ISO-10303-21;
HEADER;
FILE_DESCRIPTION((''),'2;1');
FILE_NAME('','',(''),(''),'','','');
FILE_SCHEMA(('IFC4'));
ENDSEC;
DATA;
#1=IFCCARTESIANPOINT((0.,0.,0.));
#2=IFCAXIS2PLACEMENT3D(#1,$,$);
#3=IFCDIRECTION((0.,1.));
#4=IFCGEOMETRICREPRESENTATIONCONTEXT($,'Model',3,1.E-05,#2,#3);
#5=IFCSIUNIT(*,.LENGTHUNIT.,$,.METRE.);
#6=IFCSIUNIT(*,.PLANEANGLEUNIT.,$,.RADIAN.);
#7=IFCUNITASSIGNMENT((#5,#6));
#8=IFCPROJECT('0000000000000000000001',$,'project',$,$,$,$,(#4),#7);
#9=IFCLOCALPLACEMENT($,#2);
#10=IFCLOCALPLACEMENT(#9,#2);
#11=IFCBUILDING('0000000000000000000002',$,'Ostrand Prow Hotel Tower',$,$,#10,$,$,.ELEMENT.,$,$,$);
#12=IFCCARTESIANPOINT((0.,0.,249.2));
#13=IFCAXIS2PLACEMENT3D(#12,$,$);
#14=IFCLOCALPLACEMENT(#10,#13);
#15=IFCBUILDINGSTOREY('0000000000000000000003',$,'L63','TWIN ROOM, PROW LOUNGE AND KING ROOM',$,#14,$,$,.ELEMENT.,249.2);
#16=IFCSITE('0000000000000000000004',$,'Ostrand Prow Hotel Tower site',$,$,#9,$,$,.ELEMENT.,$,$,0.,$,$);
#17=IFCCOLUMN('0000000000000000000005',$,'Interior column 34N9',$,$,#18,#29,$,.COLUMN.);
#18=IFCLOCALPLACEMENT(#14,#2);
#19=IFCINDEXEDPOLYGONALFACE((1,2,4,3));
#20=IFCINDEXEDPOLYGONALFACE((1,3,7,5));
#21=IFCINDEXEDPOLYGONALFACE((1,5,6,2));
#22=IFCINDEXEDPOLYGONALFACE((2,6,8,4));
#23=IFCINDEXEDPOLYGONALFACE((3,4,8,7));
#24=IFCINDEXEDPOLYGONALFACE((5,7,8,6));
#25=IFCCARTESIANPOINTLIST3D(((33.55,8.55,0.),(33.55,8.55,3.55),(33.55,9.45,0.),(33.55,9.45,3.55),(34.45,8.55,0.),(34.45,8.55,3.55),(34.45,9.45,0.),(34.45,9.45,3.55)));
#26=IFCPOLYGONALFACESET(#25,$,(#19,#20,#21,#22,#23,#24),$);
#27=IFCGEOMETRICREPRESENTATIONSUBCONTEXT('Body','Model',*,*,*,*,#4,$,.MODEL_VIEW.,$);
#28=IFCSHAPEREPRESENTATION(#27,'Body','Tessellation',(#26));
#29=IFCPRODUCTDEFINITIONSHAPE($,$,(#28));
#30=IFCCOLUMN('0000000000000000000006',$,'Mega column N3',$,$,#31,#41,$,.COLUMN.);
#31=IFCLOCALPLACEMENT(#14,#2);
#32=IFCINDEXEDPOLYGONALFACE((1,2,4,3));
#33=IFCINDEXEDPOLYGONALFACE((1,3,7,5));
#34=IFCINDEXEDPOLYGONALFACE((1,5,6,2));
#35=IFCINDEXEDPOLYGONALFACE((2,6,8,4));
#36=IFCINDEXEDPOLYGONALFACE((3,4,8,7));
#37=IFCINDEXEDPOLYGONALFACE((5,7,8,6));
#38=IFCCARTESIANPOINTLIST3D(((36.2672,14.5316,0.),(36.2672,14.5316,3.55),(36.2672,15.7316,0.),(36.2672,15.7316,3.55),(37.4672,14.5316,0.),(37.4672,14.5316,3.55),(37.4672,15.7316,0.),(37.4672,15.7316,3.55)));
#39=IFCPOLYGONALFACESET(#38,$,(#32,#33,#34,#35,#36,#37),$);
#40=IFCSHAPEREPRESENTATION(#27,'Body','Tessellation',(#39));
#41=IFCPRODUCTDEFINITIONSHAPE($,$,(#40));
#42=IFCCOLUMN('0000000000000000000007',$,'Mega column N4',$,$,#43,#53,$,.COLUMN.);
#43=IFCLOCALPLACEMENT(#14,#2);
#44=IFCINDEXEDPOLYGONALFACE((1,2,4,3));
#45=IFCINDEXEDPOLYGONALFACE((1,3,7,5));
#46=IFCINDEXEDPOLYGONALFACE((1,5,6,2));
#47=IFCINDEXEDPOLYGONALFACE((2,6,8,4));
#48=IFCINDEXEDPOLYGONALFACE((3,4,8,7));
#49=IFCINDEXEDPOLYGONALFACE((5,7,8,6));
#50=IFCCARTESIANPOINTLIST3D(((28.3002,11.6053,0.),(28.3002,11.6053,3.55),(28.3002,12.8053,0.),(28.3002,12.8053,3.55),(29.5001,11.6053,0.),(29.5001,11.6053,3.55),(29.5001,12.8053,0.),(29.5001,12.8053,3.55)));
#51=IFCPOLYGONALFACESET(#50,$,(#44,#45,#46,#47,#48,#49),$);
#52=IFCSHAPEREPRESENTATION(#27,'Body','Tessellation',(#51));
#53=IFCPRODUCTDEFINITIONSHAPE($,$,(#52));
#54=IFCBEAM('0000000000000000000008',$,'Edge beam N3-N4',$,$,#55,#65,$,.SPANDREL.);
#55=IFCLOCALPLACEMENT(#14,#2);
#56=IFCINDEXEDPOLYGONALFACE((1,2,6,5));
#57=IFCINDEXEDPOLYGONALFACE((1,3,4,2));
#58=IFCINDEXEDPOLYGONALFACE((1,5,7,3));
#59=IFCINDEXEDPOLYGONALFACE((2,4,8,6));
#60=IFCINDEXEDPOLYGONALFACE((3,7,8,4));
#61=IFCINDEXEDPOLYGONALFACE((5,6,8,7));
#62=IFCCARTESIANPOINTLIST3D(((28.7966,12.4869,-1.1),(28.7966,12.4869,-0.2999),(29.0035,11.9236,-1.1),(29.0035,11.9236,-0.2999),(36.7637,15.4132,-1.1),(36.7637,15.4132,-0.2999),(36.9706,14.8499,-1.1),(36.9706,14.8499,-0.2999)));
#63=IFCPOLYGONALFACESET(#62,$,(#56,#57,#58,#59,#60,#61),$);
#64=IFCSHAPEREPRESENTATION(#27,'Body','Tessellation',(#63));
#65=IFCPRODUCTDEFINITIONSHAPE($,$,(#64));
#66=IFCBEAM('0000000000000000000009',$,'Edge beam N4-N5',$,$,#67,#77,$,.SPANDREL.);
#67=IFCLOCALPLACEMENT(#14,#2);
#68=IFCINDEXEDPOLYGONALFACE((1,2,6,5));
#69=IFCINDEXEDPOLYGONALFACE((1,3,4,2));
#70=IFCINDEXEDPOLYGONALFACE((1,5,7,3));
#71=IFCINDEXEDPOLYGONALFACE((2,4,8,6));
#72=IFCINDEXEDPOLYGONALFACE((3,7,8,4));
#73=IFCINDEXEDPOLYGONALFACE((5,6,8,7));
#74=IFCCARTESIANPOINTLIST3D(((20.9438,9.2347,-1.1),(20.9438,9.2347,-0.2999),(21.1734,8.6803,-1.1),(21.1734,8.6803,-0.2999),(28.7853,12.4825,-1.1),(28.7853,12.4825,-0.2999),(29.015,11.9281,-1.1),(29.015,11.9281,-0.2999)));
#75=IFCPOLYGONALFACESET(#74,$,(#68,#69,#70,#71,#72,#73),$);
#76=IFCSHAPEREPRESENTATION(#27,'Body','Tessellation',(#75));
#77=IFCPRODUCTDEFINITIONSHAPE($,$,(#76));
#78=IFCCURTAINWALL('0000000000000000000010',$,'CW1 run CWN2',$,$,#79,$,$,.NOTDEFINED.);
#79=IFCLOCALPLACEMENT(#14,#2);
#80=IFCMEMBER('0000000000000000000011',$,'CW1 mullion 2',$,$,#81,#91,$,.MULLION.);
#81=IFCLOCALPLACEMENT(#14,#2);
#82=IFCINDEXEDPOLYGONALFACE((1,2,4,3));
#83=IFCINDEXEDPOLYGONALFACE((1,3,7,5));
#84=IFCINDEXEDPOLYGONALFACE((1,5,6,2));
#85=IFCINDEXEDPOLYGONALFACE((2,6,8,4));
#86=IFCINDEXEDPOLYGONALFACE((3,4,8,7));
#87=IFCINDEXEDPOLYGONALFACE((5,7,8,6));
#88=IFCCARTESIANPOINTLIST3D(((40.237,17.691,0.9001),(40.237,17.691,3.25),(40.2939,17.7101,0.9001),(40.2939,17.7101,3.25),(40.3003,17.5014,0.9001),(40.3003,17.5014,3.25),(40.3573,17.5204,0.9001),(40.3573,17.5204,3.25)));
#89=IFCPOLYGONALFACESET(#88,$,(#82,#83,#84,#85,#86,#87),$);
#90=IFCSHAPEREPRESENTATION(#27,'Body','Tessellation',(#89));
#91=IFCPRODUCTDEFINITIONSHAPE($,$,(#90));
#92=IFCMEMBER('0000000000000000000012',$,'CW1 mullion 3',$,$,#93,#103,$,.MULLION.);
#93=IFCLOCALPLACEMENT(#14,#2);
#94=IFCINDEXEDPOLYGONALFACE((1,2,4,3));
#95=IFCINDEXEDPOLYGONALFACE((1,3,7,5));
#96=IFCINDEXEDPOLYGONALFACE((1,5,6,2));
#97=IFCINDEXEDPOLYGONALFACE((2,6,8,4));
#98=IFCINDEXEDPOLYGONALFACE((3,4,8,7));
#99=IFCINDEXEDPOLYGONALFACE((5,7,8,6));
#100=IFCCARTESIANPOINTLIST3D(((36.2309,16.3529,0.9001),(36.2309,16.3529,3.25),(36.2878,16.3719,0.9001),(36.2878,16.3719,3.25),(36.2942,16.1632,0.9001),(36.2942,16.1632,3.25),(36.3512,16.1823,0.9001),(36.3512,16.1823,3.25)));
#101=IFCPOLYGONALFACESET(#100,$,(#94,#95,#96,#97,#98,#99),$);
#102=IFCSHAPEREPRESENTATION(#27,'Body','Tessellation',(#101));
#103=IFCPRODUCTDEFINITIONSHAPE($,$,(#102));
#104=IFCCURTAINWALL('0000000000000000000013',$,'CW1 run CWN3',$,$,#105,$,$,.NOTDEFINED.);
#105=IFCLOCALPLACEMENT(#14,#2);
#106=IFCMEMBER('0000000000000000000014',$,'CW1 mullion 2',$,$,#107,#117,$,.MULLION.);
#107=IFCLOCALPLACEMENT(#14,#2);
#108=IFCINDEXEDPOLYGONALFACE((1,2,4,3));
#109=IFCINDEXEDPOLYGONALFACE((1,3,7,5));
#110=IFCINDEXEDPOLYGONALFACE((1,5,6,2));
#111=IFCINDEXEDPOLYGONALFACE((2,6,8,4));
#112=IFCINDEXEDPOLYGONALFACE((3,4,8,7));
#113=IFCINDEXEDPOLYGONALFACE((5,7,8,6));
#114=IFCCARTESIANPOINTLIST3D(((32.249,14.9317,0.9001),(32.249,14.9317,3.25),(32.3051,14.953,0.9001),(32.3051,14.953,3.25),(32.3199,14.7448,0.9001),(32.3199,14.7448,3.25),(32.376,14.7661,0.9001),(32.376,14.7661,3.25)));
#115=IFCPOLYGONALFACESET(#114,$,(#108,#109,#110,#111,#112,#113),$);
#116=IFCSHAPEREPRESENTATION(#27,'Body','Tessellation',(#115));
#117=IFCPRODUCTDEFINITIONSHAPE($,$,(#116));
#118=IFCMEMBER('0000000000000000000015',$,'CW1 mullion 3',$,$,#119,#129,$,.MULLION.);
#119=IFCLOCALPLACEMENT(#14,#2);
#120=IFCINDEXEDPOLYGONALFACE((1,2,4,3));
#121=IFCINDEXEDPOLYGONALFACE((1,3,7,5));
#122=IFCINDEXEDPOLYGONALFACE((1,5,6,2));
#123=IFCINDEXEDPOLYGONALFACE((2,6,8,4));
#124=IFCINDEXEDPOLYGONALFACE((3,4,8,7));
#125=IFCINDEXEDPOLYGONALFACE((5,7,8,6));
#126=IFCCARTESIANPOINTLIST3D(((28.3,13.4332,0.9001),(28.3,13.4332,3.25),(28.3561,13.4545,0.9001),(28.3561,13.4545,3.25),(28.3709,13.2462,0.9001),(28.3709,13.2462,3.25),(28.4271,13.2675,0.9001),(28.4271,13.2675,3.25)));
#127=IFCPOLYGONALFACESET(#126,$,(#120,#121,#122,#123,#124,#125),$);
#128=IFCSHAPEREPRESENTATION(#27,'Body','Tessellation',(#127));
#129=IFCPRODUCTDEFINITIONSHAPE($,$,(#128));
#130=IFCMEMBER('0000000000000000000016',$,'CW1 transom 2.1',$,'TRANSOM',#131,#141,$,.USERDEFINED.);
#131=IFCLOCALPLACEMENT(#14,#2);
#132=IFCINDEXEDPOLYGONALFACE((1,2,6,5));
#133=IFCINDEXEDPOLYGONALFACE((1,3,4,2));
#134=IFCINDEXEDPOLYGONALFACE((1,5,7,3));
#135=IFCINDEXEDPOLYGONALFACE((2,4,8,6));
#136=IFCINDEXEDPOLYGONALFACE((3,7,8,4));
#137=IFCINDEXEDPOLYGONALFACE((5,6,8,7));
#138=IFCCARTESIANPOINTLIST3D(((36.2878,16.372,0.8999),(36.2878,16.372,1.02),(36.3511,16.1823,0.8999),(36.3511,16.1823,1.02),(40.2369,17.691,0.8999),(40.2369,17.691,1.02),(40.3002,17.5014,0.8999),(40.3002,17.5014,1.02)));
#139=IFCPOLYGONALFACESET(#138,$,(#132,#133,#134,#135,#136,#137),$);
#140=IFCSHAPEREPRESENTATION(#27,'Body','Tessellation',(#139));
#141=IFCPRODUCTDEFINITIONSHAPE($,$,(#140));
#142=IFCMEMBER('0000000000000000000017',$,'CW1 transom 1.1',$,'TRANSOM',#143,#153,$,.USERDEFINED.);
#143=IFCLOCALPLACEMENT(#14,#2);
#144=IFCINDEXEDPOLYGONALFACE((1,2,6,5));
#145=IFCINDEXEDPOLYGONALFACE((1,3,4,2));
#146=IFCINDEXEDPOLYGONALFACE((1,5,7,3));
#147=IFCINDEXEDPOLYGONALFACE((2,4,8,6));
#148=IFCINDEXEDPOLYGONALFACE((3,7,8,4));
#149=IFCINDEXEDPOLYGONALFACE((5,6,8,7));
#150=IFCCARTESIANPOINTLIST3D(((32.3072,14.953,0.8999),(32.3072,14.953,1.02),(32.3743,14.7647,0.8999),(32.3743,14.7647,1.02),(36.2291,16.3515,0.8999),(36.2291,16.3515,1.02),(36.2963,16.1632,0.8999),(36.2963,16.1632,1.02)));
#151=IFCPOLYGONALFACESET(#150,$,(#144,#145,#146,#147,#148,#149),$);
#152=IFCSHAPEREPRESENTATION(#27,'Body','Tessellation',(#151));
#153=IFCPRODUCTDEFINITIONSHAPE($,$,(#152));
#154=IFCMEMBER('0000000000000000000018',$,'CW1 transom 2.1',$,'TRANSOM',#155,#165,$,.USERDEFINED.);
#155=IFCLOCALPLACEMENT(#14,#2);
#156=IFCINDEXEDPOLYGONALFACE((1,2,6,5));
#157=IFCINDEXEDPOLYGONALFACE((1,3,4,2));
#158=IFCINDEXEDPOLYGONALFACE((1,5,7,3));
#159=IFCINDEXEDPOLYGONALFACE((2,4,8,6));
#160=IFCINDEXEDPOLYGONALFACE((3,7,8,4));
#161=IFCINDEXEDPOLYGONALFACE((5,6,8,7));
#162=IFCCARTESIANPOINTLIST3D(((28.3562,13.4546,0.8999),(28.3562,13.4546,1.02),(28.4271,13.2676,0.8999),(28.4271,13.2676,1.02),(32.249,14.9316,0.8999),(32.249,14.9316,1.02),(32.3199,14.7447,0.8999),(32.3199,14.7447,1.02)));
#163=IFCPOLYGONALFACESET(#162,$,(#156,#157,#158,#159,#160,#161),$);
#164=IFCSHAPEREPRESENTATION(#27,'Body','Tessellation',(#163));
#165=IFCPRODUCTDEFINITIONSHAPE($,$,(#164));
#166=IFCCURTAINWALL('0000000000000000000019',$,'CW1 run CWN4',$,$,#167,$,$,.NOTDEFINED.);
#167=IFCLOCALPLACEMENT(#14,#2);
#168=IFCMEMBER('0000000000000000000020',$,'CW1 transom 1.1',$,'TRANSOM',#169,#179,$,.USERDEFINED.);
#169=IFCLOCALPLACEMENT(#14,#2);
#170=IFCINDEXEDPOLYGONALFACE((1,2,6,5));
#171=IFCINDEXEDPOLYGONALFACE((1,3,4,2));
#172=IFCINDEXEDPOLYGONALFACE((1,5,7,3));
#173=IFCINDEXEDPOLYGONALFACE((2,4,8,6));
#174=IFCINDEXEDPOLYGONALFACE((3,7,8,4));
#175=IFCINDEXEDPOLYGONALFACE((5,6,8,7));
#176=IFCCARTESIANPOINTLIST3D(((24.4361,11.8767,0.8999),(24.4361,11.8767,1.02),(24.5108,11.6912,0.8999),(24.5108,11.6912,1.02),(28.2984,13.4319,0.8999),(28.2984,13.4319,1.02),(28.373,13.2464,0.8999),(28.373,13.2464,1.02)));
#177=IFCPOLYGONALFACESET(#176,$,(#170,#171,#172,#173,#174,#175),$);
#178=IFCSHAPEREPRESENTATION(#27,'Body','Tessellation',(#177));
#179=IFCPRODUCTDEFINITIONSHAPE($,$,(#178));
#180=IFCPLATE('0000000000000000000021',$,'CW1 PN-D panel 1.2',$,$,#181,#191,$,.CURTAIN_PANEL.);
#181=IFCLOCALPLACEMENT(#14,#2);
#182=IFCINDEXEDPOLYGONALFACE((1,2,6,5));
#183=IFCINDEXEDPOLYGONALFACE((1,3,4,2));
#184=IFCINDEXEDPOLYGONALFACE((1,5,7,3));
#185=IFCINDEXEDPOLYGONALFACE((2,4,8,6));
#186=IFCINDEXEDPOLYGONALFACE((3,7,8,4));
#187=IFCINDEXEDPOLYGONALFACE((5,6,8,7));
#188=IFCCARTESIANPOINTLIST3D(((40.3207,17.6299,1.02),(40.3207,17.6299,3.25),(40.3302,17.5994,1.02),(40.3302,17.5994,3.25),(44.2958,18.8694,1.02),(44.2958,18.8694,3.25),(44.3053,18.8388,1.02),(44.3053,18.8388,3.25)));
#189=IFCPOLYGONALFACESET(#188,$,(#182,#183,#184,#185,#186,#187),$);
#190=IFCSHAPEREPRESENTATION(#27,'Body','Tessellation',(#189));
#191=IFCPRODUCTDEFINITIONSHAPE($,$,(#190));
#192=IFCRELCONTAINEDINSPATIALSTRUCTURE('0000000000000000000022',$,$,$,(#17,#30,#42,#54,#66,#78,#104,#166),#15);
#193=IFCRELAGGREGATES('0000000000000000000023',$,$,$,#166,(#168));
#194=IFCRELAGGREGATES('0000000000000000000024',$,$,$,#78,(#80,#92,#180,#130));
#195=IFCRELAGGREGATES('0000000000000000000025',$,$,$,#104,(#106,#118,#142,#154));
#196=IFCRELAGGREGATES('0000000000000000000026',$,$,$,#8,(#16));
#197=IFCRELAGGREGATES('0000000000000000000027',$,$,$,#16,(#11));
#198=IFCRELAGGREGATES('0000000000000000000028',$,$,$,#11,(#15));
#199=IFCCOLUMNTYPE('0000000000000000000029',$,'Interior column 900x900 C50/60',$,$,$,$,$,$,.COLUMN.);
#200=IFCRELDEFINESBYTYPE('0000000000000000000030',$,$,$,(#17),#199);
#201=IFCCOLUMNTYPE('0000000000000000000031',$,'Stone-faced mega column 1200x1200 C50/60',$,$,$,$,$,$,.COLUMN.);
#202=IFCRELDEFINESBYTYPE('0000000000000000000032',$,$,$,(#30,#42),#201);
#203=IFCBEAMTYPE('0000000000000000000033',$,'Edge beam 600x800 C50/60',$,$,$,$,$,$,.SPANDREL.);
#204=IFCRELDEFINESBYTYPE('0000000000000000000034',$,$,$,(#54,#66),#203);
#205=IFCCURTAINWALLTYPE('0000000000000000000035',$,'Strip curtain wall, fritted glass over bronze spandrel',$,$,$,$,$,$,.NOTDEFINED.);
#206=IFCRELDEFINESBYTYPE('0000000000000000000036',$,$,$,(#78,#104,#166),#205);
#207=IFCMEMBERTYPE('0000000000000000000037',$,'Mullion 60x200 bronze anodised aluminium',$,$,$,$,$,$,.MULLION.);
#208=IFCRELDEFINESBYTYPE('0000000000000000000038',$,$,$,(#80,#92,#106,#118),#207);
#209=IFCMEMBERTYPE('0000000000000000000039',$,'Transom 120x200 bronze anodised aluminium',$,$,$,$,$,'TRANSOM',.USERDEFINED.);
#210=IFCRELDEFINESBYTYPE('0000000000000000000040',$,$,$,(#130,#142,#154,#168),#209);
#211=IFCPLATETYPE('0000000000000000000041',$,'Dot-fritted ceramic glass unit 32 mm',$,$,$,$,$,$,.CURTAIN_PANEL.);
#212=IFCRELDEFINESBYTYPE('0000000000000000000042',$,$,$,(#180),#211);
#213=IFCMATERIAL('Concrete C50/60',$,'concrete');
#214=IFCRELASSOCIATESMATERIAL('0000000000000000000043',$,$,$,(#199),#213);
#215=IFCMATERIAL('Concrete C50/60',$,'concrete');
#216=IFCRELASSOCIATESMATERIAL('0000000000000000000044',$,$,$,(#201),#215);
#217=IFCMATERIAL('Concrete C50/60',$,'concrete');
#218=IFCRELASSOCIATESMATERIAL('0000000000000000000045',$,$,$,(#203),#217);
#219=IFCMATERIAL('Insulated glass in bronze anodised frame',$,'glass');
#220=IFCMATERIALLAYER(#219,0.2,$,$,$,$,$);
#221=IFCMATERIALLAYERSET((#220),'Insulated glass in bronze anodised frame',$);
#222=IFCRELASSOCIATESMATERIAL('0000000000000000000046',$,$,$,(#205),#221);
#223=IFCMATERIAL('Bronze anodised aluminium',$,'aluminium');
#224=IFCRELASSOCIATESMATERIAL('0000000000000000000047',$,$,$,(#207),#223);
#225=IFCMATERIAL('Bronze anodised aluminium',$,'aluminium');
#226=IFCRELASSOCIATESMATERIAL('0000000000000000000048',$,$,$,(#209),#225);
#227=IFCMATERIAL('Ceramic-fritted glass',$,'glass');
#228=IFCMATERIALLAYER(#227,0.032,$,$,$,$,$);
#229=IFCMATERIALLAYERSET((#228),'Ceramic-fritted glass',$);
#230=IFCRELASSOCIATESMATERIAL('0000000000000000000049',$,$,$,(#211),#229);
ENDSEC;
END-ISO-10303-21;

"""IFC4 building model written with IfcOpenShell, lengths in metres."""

from ifc_helpers import new_model, si_unit, direction, frame, origin, origin_2d, place, context, subcontext, project, spatial, rectangle, extrude, material, layer, layer_set, material_profile, profile_set, type_object, element, aggregate, save


model = new_model("IFC4")

# Units and contexts
model_context = context("Model", 3, precision=1e-05, world=origin(), true_north=direction((0.0, 1.0)))
body_context = subcontext(model_context, "Body", "Model", "MODEL_VIEW")
ifc_project = project(units=[si_unit("LENGTHUNIT", "METRE"), si_unit("PLANEANGLEUNIT", "RADIAN")], contexts=[model_context])

# Site, building, storey
site_placement = place(None, origin())
site = spatial("IfcSite", under=ifc_project, at=site_placement, Name="Ostrand Prow Hotel Tower site", CompositionType="ELEMENT", RefElevation=0.0)
building_placement = place(site_placement, origin())
building = spatial("IfcBuilding", under=site, at=building_placement, Name="Ostrand Prow Hotel Tower", CompositionType="ELEMENT")
storey_placement = place(building_placement, frame((0.0, 0.0, 249.2)))
storey = spatial("IfcBuildingStorey", under=building, at=storey_placement, Name="L63", Description="TWIN ROOM, PROW LOUNGE AND KING ROOM", CompositionType="ELEMENT", Elevation=249.2)

# Columns
ifc_material_1 = material(Name="Concrete C50/60", Category="concrete")
ifc_material_profile_1 = material_profile(ifc_material_1, rectangle(XDim=0.8999, YDim=0.8999, at=origin_2d()), Name="RC 900x900")
ifc_profile_set_1 = profile_set([ifc_material_profile_1], Name="Concrete C50/60")
column_type_1 = type_object("IfcColumnType", Name="Interior column 900x900 C50/60", PredefinedType="COLUMN", material=ifc_profile_set_1)
column_placement = place(storey_placement, frame((34.0, 9.0, 0.0), z_axis=(0.0, 0.0, 1.0), x_axis=(1.0, 0.0, 0.0)))
element("IfcColumn", 1, at=column_placement, inside=storey, type_object=column_type_1, Name="Interior column 34N9", PredefinedType="COLUMN", context=body_context, shape_type="SweptSolid", body=[
    extrude(rectangle(XDim=0.8999, YDim=0.8999, at=origin_2d()), origin(), (0.0, 0.0, 1.0), 3.55),
])
ifc_material_2 = material(Name="Concrete C50/60", Category="concrete")
ifc_material_profile_2 = material_profile(ifc_material_2, rectangle(XDim=1.2, YDim=1.2, at=origin_2d()), Name="RC 1200x1200")
ifc_profile_set_2 = profile_set([ifc_material_profile_2], Name="Concrete C50/60")
column_type_2 = type_object("IfcColumnType", Name="Stone-faced mega column 1200x1200 C50/60", PredefinedType="COLUMN", material=ifc_profile_set_2)
for number, where, z_axis, x_axis, name in (
    (2, (36.8672, 15.1316, 0.0), (0.0, 0.0, 1.0), (1.0, 0.0, 0.0), "Mega column N3"),
    (3, (28.9001, 12.2053, 0.0), (0.0, 0.0, 1.0), (1.0, 0.0, 0.0), "Mega column N4"),
):
    element("IfcColumn", number, at=place(storey_placement, frame(where, z_axis=z_axis, x_axis=x_axis)), inside=storey, type_object=column_type_2, Name=name, PredefinedType="COLUMN", context=body_context, shape_type="SweptSolid", body=[
        extrude(rectangle(XDim=1.2, YDim=1.2, at=origin_2d()), origin(), (0.0, 0.0, 1.0), 3.55),
    ])

# Beams
ifc_material_3 = material(Name="Concrete C50/60", Category="concrete")
ifc_material_profile_3 = material_profile(ifc_material_3, rectangle(XDim=0.6001, YDim=0.8, at=origin_2d()), Name="RC 600x800")
ifc_profile_set_3 = profile_set([ifc_material_profile_3], Name="Concrete C50/60")
beam_type = type_object("IfcBeamType", Name="Edge beam 600x800 C50/60", PredefinedType="SPANDREL", material=ifc_profile_set_3)
for number, where, z_axis, x_axis, name in (
    (4, (36.8672, 15.1316, -0.7), (-0.938685, -0.344776, 0.0), (0.344776, -0.938685, 0.0), "Edge beam N3-N4"),
    (5, (28.9001, 12.2053, -0.7), (-0.923891, -0.382656, 0.0), (0.382656, -0.923891, 0.0), "Edge beam N4-N5"),
):
    element("IfcBeam", number, at=place(storey_placement, frame(where, z_axis=z_axis, x_axis=x_axis)), inside=storey, type_object=beam_type, Name=name, PredefinedType="SPANDREL", context=body_context, shape_type="SweptSolid", body=[
        extrude(rectangle(XDim=0.6001, YDim=0.8, at=origin_2d()), origin(), (0.0, 0.0, 1.0), 8.4875),
    ])

# Curtain walls, members
ifc_material_4 = material(Name="Insulated glass in bronze anodised frame", Category="glass")
ifc_layer_1 = layer(ifc_material_4, 0.2)
ifc_layer_set_1 = layer_set([ifc_layer_1], Name="Insulated glass in bronze anodised frame")
curtain_wall_type = type_object("IfcCurtainWallType", Name="Strip curtain wall, fritted glass over bronze spandrel", PredefinedType="NOTDEFINED", material=ifc_layer_set_1)
curtain_wall_1_placement = place(storey_placement, origin())
curtain_wall_1 = element("IfcCurtainWall", 6, at=curtain_wall_1_placement, inside=storey, type_object=curtain_wall_type, Name="CW1 run CWN2", PredefinedType="NOTDEFINED")
ifc_material_5 = material(Name="Bronze anodised aluminium", Category="aluminium")
ifc_material_profile_4 = material_profile(ifc_material_5, rectangle(XDim=0.2, YDim=0.0601, at=origin_2d()), Name="Mullion 60x200 bronze anodised aluminium")
ifc_profile_set_4 = profile_set([ifc_material_profile_4], Name="Bronze anodised aluminium")
member_type_1 = type_object("IfcMemberType", Name="Mullion 60x200 bronze anodised aluminium", PredefinedType="MULLION", material=ifc_profile_set_4)
member_1_placement = place(storey_placement, frame((40.2971, 17.6057, 0.9001), z_axis=(0.0, 0.0, 1.0), x_axis=(0.316841, -0.948479, 0.0)))
member_1 = element("IfcMember", 7, at=member_1_placement, type_object=member_type_1, Name="CW1 mullion 2", PredefinedType="MULLION", context=body_context, shape_type="SweptSolid", body=[
    extrude(rectangle(XDim=0.2, YDim=0.0601, at=origin_2d()), origin(), (0.0, 0.0, 1.0), 2.3499),
])
member_2_placement = place(storey_placement, frame((36.291, 16.2676, 0.9001), z_axis=(0.0, 0.0, 1.0), x_axis=(0.316841, -0.948479, 0.0)))
member_2 = element("IfcMember", 8, at=member_2_placement, type_object=member_type_1, Name="CW1 mullion 3", PredefinedType="MULLION", context=body_context, shape_type="SweptSolid", body=[
    extrude(rectangle(XDim=0.2, YDim=0.0601, at=origin_2d()), origin(), (0.0, 0.0, 1.0), 2.3499),
])
curtain_wall_2_placement = place(storey_placement, origin())
curtain_wall_2 = element("IfcCurtainWall", 9, at=curtain_wall_2_placement, inside=storey, type_object=curtain_wall_type, Name="CW1 run CWN3", PredefinedType="NOTDEFINED")
member_3_placement = place(storey_placement, frame((32.3125, 14.8489, 0.9001), z_axis=(0.0, 0.0, 1.0), x_axis=(0.354777, -0.934951, 0.0)))
member_3 = element("IfcMember", 10, at=member_3_placement, type_object=member_type_1, Name="CW1 mullion 2", PredefinedType="MULLION", context=body_context, shape_type="SweptSolid", body=[
    extrude(rectangle(XDim=0.2, YDim=0.0601, at=origin_2d()), origin(), (0.0, 0.0, 1.0), 2.3499),
])
member_4_placement = place(storey_placement, frame((28.3635, 13.3503, 0.9001), z_axis=(0.0, 0.0, 1.0), x_axis=(0.354777, -0.934951, 0.0)))
member_4 = element("IfcMember", 11, at=member_4_placement, type_object=member_type_1, Name="CW1 mullion 3", PredefinedType="MULLION", context=body_context, shape_type="SweptSolid", body=[
    extrude(rectangle(XDim=0.2, YDim=0.0601, at=origin_2d()), origin(), (0.0, 0.0, 1.0), 2.3499),
])

# Members
ifc_material_6 = material(Name="Bronze anodised aluminium", Category="aluminium")
ifc_material_profile_5 = material_profile(ifc_material_6, rectangle(XDim=0.2, YDim=0.1201, at=origin_2d()), Name="Transom 120x200 bronze anodised aluminium")
ifc_profile_set_5 = profile_set([ifc_material_profile_5], Name="Bronze anodised aluminium")
member_type_2 = type_object("IfcMemberType", Name="Transom 120x200 bronze anodised aluminium", ElementType="TRANSOM", PredefinedType="USERDEFINED", material=ifc_profile_set_5)
member_5_placement = place(storey_placement, frame((40.2686, 17.5962, 0.96), z_axis=(-0.94849, -0.316808, 0.0), x_axis=(0.316808, -0.94849, 0.0)))
member_5 = element("IfcMember", 12, at=member_5_placement, type_object=member_type_2, Name="CW1 transom 2.1", ObjectType="TRANSOM", PredefinedType="USERDEFINED", context=body_context, shape_type="SweptSolid", body=[
    extrude(rectangle(XDim=0.2, YDim=0.1201, at=origin_2d()), origin(), (0.0, 0.0, 1.0), 4.1636),
])
member_6_placement = place(storey_placement, frame((36.2627, 16.2573, 0.96), z_axis=(-0.941912, -0.335861, 0.0), x_axis=(0.335861, -0.941912, 0.0)))
member_6 = element("IfcMember", 13, at=member_6_placement, type_object=member_type_2, Name="CW1 transom 1.1", ObjectType="TRANSOM", PredefinedType="USERDEFINED", context=body_context, shape_type="SweptSolid", body=[
    extrude(rectangle(XDim=0.2, YDim=0.1201, at=origin_2d()), origin(), (0.0, 0.0, 1.0), 4.1638),
])
member_7_placement = place(storey_placement, frame((32.2844, 14.8381, 0.96), z_axis=(-0.934961, -0.354751, 0.0), x_axis=(0.354751, -0.934961, 0.0)))
member_7 = element("IfcMember", 14, at=member_7_placement, type_object=member_type_2, Name="CW1 transom 2.1", ObjectType="TRANSOM", PredefinedType="USERDEFINED", context=body_context, shape_type="SweptSolid", body=[
    extrude(rectangle(XDim=0.2, YDim=0.1201, at=origin_2d()), origin(), (0.0, 0.0, 1.0), 4.1636),
])

# Curtain wall, member
curtain_wall_3_placement = place(storey_placement, origin())
curtain_wall_3 = element("IfcCurtainWall", 15, at=curtain_wall_3_placement, inside=storey, type_object=curtain_wall_type, Name="CW1 run CWN4", PredefinedType="NOTDEFINED")
member_8_placement = place(storey_placement, frame((28.3357, 13.3391, 0.96), z_axis=(-0.927625, -0.373513, 0.0), x_axis=(0.373513, -0.927625, 0.0)))
member_8 = element("IfcMember", 16, at=member_8_placement, type_object=member_type_2, Name="CW1 transom 1.1", ObjectType="TRANSOM", PredefinedType="USERDEFINED", context=body_context, shape_type="SweptSolid", body=[
    extrude(rectangle(XDim=0.2, YDim=0.1201, at=origin_2d()), origin(), (0.0, 0.0, 1.0), 4.1636),
])
aggregate(curtain_wall_3, [member_8])

# Plate
ifc_material_7 = material(Name="Ceramic-fritted glass", Category="glass")
ifc_layer_2 = layer(ifc_material_7, 0.032)
ifc_layer_set_2 = layer_set([ifc_layer_2], Name="Ceramic-fritted glass")
plate_type_1 = type_object("IfcPlateType", Name="Dot-fritted ceramic glass unit 32 mm", PredefinedType="CURTAIN_PANEL", material=ifc_layer_set_2)
plate_1_placement = place(storey_placement, frame((42.313, 18.2344, 1.02), z_axis=(0.0, 0.0, 1.0), x_axis=(-0.954666, -0.297678, 0.0)))
plate_1 = element("IfcPlate", 17, at=plate_1_placement, type_object=plate_type_1, Name="CW1 PN-D panel 1.2", PredefinedType="CURTAIN_PANEL", context=body_context, shape_type="SweptSolid", body=[
    extrude(rectangle(XDim=4.1638, YDim=0.032, at=origin_2d()), origin(), (0.0, 0.0, 1.0), 2.23),
])
aggregate(curtain_wall_1, [member_1, member_2, plate_1, member_5])
aggregate(curtain_wall_2, [member_3, member_4, member_6, member_7])

save(model, "model.ifc")
